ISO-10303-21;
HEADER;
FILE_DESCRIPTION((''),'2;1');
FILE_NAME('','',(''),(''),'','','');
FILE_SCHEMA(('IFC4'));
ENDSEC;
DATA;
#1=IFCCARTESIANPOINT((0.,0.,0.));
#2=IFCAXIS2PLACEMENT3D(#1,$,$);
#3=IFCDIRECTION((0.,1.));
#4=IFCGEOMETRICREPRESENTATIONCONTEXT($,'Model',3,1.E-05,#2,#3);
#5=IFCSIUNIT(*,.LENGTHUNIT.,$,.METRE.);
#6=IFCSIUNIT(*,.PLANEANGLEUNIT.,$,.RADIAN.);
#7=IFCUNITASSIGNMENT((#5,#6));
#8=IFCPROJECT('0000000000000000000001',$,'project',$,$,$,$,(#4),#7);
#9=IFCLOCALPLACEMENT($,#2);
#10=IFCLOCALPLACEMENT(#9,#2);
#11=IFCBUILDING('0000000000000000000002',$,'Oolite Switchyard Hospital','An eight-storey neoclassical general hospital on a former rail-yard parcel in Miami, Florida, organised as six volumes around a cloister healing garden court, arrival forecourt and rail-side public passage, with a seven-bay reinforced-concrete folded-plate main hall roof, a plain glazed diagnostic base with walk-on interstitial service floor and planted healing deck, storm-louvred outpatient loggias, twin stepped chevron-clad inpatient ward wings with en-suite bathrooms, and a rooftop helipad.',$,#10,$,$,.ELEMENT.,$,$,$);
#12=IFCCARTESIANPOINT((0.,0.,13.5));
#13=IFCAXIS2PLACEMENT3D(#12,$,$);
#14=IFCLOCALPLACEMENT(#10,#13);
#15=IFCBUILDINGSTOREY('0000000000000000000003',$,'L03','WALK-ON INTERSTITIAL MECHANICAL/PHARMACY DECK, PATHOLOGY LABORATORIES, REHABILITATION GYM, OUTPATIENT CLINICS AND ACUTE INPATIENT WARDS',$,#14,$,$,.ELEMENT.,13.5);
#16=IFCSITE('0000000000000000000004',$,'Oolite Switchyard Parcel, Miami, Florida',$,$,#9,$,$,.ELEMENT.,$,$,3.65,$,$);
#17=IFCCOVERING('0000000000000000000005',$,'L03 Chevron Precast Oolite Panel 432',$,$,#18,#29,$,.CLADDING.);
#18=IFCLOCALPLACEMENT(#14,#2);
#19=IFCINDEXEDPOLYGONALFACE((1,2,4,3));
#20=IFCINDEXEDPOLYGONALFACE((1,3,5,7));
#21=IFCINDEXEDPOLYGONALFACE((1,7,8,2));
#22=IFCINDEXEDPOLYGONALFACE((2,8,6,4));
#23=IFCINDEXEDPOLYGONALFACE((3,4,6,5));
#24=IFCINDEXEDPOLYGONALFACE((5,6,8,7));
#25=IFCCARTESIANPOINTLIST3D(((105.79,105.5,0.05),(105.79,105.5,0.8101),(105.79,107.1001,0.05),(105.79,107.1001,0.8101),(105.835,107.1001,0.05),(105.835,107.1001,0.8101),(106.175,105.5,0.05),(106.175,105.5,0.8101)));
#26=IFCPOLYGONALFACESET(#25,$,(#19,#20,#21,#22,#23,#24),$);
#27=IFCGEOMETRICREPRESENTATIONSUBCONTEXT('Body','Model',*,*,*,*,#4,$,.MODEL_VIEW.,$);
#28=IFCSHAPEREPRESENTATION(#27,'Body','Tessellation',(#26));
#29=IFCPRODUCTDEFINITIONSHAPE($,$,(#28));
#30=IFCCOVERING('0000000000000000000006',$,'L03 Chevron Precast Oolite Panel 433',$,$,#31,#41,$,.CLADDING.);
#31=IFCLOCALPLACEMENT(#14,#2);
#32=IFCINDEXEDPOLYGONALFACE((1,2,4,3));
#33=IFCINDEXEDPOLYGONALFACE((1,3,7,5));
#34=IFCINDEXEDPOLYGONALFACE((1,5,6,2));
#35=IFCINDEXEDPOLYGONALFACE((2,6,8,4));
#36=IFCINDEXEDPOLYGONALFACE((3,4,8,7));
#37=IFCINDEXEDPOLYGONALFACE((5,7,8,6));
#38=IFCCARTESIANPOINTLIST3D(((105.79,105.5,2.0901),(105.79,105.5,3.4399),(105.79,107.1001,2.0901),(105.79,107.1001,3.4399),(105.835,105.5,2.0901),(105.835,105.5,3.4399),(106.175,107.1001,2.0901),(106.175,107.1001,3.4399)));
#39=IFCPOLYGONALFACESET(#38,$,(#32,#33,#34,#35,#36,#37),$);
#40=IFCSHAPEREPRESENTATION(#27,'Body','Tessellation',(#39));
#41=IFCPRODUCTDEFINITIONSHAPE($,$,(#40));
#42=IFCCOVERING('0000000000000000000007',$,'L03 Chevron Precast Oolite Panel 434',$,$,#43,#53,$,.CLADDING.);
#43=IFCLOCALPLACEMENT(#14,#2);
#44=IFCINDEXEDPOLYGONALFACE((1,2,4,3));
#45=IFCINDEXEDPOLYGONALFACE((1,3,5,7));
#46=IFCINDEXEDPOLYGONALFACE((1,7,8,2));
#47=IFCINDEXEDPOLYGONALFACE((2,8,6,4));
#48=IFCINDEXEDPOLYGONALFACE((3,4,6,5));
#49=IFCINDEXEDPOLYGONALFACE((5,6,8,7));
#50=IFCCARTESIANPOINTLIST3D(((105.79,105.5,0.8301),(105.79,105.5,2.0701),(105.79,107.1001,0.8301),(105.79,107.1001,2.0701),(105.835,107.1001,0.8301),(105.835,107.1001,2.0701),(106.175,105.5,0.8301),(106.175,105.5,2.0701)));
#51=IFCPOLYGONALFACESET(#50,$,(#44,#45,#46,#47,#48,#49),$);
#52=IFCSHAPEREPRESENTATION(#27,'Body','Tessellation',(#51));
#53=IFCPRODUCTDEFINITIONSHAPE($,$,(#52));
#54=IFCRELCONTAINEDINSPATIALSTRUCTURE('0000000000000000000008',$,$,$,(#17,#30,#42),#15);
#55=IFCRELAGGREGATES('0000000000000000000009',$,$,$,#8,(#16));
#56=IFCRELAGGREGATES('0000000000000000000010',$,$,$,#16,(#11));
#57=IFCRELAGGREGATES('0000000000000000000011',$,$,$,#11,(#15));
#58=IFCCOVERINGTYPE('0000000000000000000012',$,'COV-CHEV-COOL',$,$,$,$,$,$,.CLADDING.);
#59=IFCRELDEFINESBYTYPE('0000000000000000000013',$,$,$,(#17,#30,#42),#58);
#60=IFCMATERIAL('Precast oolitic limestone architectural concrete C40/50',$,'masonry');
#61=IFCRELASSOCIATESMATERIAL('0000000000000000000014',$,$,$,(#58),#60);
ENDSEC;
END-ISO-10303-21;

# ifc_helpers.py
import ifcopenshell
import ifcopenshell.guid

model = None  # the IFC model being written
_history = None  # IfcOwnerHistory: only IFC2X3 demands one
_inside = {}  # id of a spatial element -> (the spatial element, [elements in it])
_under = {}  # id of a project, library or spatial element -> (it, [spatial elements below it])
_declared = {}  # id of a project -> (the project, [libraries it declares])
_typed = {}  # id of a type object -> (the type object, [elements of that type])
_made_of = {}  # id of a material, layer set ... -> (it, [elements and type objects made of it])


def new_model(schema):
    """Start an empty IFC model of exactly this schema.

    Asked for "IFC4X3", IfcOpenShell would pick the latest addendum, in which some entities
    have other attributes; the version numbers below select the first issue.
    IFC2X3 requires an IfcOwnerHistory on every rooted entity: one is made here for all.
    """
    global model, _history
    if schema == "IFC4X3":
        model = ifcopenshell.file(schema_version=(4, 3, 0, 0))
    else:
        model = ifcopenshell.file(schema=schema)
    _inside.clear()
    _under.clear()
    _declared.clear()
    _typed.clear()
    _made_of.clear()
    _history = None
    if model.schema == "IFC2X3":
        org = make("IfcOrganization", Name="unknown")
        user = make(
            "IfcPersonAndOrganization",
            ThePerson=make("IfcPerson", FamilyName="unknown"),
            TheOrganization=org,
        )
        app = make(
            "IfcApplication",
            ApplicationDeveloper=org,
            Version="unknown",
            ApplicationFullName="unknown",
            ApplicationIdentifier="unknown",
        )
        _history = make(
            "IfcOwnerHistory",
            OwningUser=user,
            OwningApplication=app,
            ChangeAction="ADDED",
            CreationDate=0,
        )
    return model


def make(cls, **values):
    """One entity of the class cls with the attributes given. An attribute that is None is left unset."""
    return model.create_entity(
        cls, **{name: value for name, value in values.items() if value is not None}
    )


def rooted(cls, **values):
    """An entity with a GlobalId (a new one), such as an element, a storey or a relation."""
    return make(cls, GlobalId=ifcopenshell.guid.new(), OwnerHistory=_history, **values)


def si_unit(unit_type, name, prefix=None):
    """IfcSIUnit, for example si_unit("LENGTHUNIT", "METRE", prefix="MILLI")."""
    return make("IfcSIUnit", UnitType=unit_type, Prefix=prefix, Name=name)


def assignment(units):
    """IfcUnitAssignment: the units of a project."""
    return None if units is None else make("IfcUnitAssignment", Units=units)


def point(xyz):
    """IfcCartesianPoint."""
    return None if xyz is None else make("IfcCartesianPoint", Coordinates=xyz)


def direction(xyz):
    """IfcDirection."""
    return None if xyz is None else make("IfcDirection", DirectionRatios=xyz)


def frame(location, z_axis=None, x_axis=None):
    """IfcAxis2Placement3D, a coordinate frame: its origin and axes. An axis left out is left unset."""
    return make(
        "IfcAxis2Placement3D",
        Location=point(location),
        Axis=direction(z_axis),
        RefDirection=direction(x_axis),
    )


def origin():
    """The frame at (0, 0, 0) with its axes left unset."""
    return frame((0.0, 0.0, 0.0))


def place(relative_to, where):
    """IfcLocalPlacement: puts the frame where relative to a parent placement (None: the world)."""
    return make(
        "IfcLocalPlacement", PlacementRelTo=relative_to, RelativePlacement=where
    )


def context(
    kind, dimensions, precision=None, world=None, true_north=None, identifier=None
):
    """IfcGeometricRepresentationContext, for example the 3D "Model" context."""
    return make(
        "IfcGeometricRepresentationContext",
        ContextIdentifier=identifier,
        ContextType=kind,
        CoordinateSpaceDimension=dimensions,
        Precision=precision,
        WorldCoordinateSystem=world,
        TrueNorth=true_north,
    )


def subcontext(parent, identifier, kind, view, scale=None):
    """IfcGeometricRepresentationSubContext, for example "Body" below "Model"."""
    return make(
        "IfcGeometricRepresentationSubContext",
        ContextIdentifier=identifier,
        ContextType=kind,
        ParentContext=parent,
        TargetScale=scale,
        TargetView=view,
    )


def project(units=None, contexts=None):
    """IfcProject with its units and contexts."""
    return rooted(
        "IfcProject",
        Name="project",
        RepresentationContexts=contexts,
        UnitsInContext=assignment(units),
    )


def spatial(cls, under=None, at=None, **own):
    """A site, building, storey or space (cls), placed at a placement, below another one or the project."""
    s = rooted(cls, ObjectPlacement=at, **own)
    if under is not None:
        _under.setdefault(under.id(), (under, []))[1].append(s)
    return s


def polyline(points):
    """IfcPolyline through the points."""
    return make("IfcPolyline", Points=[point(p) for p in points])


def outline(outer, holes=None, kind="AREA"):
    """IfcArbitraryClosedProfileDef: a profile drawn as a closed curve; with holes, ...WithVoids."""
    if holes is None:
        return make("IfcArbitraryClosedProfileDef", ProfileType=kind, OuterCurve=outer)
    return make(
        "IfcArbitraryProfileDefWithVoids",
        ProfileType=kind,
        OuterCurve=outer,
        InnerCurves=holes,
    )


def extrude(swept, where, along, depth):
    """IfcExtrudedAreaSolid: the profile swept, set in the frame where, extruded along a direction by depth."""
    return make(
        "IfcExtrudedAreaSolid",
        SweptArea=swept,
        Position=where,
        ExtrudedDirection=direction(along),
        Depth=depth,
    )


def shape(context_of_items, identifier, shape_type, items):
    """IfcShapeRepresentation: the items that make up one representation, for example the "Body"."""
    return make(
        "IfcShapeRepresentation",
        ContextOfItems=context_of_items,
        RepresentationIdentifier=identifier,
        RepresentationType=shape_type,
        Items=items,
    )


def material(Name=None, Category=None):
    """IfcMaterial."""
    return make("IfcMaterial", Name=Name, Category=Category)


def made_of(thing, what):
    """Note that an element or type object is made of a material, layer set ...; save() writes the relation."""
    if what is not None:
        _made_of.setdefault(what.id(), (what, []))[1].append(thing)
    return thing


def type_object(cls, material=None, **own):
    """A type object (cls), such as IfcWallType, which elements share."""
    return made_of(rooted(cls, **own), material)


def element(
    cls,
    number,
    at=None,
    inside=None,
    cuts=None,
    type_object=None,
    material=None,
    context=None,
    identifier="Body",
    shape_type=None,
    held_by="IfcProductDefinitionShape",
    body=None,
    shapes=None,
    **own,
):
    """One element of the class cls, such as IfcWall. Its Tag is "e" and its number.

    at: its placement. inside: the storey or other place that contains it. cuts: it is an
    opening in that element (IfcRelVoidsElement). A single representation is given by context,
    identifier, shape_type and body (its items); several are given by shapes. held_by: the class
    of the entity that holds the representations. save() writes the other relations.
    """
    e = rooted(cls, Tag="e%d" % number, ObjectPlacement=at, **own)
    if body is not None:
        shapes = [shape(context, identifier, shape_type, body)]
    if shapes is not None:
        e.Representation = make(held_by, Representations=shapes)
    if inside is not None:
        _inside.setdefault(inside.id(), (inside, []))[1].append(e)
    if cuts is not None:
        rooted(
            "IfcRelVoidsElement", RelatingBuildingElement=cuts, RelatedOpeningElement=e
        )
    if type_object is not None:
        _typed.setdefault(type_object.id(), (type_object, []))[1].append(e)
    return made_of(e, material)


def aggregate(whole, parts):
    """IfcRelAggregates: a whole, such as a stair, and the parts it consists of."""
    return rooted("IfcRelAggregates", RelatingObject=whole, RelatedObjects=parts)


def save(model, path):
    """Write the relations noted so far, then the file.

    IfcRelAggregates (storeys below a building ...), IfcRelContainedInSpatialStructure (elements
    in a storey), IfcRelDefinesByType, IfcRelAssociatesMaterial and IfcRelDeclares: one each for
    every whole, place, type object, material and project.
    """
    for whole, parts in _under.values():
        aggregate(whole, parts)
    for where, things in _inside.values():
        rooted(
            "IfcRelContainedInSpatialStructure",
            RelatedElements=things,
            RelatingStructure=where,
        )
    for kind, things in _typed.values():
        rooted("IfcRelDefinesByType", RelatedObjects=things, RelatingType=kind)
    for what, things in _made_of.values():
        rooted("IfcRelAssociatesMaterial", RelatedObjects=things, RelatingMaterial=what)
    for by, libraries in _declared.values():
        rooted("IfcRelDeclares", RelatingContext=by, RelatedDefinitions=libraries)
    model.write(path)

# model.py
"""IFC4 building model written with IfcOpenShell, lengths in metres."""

from ifc_helpers import new_model, si_unit, direction, frame, origin, place, context, subcontext, project, spatial, polyline, outline, extrude, material, type_object, element, save


model = new_model("IFC4")

# Units and contexts
model_context = context("Model", 3, precision=1e-05, world=origin(), true_north=direction((0.0, 1.0)))
body_context = subcontext(model_context, "Body", "Model", "MODEL_VIEW")
ifc_project = project(units=[si_unit("LENGTHUNIT", "METRE"), si_unit("PLANEANGLEUNIT", "RADIAN")], contexts=[model_context])

# Site, building, storey
site_placement = place(None, origin())
site = spatial("IfcSite", under=ifc_project, at=site_placement, Name="Oolite Switchyard Parcel, Miami, Florida", CompositionType="ELEMENT", RefElevation=3.65)
building_placement = place(site_placement, origin())
building = spatial("IfcBuilding", under=site, at=building_placement, Name="Oolite Switchyard Hospital", Description="An eight-storey neoclassical general hospital on a former rail-yard parcel in Miami, Florida, organised as six volumes around a cloister healing garden court, arrival forecourt and rail-side public passage, with a seven-bay reinforced-concrete folded-plate main hall roof, a plain glazed diagnostic base with walk-on interstitial service floor and planted healing deck, storm-louvred outpatient loggias, twin stepped chevron-clad inpatient ward wings with en-suite bathrooms, and a rooftop helipad.", CompositionType="ELEMENT")
storey_placement = place(building_placement, frame((0.0, 0.0, 13.5)))
storey = spatial("IfcBuildingStorey", under=building, at=storey_placement, Name="L03", Description="WALK-ON INTERSTITIAL MECHANICAL/PHARMACY DECK, PATHOLOGY LABORATORIES, REHABILITATION GYM, OUTPATIENT CLINICS AND ACUTE INPATIENT WARDS", CompositionType="ELEMENT", Elevation=13.5)

# Shared definitions
ifc_material_1 = material(Name="Precast oolitic limestone architectural concrete C40/50", Category="masonry")

# Coverings
covering_type = type_object("IfcCoveringType", Name="COV-CHEV-COOL", PredefinedType="CLADDING", material=ifc_material_1)
covering_1_placement = place(storey_placement, frame((105.79, 107.1001, 0.05), z_axis=(0.0, 0.0, 1.0), x_axis=(0.0, -1.0, 0.0)))
element("IfcCovering", 1, at=covering_1_placement, inside=storey, type_object=covering_type, Name="L03 Chevron Precast Oolite Panel 432", PredefinedType="CLADDING", context=body_context, shape_type="SweptSolid", body=[
    extrude(outline(polyline([(0.0, 0.0), (1.6001, 0.0), (1.6001, 0.385), (0.0, 0.0449), (0.0, 0.0)])), origin(), (0.0, 0.0, 1.0), 0.76),
])
covering_2_placement = place(storey_placement, frame((105.79, 107.1001, 2.0901), z_axis=(0.0, 0.0, 1.0), x_axis=(0.0, -1.0, 0.0)))
element("IfcCovering", 2, at=covering_2_placement, inside=storey, type_object=covering_type, Name="L03 Chevron Precast Oolite Panel 433", PredefinedType="CLADDING", context=body_context, shape_type="SweptSolid", body=[
    extrude(outline(polyline([(0.0, 0.0), (1.6001, 0.0), (1.6001, 0.0449), (0.0, 0.385), (0.0, 0.0)])), origin(), (0.0, 0.0, 1.0), 1.3499),
])
covering_3_placement = place(storey_placement, frame((105.79, 107.1001, 0.8301), z_axis=(0.0, 0.0, 1.0), x_axis=(0.0, -1.0, 0.0)))
element("IfcCovering", 3, at=covering_3_placement, inside=storey, type_object=covering_type, Name="L03 Chevron Precast Oolite Panel 434", PredefinedType="CLADDING", context=body_context, shape_type="SweptSolid", body=[
    extrude(outline(polyline([(0.0, 0.0), (1.6001, 0.0), (1.6001, 0.385), (0.0, 0.0449), (0.0, 0.0)])), origin(), (0.0, 0.0, 1.0), 1.24),
])

save(model, "model.ifc")
